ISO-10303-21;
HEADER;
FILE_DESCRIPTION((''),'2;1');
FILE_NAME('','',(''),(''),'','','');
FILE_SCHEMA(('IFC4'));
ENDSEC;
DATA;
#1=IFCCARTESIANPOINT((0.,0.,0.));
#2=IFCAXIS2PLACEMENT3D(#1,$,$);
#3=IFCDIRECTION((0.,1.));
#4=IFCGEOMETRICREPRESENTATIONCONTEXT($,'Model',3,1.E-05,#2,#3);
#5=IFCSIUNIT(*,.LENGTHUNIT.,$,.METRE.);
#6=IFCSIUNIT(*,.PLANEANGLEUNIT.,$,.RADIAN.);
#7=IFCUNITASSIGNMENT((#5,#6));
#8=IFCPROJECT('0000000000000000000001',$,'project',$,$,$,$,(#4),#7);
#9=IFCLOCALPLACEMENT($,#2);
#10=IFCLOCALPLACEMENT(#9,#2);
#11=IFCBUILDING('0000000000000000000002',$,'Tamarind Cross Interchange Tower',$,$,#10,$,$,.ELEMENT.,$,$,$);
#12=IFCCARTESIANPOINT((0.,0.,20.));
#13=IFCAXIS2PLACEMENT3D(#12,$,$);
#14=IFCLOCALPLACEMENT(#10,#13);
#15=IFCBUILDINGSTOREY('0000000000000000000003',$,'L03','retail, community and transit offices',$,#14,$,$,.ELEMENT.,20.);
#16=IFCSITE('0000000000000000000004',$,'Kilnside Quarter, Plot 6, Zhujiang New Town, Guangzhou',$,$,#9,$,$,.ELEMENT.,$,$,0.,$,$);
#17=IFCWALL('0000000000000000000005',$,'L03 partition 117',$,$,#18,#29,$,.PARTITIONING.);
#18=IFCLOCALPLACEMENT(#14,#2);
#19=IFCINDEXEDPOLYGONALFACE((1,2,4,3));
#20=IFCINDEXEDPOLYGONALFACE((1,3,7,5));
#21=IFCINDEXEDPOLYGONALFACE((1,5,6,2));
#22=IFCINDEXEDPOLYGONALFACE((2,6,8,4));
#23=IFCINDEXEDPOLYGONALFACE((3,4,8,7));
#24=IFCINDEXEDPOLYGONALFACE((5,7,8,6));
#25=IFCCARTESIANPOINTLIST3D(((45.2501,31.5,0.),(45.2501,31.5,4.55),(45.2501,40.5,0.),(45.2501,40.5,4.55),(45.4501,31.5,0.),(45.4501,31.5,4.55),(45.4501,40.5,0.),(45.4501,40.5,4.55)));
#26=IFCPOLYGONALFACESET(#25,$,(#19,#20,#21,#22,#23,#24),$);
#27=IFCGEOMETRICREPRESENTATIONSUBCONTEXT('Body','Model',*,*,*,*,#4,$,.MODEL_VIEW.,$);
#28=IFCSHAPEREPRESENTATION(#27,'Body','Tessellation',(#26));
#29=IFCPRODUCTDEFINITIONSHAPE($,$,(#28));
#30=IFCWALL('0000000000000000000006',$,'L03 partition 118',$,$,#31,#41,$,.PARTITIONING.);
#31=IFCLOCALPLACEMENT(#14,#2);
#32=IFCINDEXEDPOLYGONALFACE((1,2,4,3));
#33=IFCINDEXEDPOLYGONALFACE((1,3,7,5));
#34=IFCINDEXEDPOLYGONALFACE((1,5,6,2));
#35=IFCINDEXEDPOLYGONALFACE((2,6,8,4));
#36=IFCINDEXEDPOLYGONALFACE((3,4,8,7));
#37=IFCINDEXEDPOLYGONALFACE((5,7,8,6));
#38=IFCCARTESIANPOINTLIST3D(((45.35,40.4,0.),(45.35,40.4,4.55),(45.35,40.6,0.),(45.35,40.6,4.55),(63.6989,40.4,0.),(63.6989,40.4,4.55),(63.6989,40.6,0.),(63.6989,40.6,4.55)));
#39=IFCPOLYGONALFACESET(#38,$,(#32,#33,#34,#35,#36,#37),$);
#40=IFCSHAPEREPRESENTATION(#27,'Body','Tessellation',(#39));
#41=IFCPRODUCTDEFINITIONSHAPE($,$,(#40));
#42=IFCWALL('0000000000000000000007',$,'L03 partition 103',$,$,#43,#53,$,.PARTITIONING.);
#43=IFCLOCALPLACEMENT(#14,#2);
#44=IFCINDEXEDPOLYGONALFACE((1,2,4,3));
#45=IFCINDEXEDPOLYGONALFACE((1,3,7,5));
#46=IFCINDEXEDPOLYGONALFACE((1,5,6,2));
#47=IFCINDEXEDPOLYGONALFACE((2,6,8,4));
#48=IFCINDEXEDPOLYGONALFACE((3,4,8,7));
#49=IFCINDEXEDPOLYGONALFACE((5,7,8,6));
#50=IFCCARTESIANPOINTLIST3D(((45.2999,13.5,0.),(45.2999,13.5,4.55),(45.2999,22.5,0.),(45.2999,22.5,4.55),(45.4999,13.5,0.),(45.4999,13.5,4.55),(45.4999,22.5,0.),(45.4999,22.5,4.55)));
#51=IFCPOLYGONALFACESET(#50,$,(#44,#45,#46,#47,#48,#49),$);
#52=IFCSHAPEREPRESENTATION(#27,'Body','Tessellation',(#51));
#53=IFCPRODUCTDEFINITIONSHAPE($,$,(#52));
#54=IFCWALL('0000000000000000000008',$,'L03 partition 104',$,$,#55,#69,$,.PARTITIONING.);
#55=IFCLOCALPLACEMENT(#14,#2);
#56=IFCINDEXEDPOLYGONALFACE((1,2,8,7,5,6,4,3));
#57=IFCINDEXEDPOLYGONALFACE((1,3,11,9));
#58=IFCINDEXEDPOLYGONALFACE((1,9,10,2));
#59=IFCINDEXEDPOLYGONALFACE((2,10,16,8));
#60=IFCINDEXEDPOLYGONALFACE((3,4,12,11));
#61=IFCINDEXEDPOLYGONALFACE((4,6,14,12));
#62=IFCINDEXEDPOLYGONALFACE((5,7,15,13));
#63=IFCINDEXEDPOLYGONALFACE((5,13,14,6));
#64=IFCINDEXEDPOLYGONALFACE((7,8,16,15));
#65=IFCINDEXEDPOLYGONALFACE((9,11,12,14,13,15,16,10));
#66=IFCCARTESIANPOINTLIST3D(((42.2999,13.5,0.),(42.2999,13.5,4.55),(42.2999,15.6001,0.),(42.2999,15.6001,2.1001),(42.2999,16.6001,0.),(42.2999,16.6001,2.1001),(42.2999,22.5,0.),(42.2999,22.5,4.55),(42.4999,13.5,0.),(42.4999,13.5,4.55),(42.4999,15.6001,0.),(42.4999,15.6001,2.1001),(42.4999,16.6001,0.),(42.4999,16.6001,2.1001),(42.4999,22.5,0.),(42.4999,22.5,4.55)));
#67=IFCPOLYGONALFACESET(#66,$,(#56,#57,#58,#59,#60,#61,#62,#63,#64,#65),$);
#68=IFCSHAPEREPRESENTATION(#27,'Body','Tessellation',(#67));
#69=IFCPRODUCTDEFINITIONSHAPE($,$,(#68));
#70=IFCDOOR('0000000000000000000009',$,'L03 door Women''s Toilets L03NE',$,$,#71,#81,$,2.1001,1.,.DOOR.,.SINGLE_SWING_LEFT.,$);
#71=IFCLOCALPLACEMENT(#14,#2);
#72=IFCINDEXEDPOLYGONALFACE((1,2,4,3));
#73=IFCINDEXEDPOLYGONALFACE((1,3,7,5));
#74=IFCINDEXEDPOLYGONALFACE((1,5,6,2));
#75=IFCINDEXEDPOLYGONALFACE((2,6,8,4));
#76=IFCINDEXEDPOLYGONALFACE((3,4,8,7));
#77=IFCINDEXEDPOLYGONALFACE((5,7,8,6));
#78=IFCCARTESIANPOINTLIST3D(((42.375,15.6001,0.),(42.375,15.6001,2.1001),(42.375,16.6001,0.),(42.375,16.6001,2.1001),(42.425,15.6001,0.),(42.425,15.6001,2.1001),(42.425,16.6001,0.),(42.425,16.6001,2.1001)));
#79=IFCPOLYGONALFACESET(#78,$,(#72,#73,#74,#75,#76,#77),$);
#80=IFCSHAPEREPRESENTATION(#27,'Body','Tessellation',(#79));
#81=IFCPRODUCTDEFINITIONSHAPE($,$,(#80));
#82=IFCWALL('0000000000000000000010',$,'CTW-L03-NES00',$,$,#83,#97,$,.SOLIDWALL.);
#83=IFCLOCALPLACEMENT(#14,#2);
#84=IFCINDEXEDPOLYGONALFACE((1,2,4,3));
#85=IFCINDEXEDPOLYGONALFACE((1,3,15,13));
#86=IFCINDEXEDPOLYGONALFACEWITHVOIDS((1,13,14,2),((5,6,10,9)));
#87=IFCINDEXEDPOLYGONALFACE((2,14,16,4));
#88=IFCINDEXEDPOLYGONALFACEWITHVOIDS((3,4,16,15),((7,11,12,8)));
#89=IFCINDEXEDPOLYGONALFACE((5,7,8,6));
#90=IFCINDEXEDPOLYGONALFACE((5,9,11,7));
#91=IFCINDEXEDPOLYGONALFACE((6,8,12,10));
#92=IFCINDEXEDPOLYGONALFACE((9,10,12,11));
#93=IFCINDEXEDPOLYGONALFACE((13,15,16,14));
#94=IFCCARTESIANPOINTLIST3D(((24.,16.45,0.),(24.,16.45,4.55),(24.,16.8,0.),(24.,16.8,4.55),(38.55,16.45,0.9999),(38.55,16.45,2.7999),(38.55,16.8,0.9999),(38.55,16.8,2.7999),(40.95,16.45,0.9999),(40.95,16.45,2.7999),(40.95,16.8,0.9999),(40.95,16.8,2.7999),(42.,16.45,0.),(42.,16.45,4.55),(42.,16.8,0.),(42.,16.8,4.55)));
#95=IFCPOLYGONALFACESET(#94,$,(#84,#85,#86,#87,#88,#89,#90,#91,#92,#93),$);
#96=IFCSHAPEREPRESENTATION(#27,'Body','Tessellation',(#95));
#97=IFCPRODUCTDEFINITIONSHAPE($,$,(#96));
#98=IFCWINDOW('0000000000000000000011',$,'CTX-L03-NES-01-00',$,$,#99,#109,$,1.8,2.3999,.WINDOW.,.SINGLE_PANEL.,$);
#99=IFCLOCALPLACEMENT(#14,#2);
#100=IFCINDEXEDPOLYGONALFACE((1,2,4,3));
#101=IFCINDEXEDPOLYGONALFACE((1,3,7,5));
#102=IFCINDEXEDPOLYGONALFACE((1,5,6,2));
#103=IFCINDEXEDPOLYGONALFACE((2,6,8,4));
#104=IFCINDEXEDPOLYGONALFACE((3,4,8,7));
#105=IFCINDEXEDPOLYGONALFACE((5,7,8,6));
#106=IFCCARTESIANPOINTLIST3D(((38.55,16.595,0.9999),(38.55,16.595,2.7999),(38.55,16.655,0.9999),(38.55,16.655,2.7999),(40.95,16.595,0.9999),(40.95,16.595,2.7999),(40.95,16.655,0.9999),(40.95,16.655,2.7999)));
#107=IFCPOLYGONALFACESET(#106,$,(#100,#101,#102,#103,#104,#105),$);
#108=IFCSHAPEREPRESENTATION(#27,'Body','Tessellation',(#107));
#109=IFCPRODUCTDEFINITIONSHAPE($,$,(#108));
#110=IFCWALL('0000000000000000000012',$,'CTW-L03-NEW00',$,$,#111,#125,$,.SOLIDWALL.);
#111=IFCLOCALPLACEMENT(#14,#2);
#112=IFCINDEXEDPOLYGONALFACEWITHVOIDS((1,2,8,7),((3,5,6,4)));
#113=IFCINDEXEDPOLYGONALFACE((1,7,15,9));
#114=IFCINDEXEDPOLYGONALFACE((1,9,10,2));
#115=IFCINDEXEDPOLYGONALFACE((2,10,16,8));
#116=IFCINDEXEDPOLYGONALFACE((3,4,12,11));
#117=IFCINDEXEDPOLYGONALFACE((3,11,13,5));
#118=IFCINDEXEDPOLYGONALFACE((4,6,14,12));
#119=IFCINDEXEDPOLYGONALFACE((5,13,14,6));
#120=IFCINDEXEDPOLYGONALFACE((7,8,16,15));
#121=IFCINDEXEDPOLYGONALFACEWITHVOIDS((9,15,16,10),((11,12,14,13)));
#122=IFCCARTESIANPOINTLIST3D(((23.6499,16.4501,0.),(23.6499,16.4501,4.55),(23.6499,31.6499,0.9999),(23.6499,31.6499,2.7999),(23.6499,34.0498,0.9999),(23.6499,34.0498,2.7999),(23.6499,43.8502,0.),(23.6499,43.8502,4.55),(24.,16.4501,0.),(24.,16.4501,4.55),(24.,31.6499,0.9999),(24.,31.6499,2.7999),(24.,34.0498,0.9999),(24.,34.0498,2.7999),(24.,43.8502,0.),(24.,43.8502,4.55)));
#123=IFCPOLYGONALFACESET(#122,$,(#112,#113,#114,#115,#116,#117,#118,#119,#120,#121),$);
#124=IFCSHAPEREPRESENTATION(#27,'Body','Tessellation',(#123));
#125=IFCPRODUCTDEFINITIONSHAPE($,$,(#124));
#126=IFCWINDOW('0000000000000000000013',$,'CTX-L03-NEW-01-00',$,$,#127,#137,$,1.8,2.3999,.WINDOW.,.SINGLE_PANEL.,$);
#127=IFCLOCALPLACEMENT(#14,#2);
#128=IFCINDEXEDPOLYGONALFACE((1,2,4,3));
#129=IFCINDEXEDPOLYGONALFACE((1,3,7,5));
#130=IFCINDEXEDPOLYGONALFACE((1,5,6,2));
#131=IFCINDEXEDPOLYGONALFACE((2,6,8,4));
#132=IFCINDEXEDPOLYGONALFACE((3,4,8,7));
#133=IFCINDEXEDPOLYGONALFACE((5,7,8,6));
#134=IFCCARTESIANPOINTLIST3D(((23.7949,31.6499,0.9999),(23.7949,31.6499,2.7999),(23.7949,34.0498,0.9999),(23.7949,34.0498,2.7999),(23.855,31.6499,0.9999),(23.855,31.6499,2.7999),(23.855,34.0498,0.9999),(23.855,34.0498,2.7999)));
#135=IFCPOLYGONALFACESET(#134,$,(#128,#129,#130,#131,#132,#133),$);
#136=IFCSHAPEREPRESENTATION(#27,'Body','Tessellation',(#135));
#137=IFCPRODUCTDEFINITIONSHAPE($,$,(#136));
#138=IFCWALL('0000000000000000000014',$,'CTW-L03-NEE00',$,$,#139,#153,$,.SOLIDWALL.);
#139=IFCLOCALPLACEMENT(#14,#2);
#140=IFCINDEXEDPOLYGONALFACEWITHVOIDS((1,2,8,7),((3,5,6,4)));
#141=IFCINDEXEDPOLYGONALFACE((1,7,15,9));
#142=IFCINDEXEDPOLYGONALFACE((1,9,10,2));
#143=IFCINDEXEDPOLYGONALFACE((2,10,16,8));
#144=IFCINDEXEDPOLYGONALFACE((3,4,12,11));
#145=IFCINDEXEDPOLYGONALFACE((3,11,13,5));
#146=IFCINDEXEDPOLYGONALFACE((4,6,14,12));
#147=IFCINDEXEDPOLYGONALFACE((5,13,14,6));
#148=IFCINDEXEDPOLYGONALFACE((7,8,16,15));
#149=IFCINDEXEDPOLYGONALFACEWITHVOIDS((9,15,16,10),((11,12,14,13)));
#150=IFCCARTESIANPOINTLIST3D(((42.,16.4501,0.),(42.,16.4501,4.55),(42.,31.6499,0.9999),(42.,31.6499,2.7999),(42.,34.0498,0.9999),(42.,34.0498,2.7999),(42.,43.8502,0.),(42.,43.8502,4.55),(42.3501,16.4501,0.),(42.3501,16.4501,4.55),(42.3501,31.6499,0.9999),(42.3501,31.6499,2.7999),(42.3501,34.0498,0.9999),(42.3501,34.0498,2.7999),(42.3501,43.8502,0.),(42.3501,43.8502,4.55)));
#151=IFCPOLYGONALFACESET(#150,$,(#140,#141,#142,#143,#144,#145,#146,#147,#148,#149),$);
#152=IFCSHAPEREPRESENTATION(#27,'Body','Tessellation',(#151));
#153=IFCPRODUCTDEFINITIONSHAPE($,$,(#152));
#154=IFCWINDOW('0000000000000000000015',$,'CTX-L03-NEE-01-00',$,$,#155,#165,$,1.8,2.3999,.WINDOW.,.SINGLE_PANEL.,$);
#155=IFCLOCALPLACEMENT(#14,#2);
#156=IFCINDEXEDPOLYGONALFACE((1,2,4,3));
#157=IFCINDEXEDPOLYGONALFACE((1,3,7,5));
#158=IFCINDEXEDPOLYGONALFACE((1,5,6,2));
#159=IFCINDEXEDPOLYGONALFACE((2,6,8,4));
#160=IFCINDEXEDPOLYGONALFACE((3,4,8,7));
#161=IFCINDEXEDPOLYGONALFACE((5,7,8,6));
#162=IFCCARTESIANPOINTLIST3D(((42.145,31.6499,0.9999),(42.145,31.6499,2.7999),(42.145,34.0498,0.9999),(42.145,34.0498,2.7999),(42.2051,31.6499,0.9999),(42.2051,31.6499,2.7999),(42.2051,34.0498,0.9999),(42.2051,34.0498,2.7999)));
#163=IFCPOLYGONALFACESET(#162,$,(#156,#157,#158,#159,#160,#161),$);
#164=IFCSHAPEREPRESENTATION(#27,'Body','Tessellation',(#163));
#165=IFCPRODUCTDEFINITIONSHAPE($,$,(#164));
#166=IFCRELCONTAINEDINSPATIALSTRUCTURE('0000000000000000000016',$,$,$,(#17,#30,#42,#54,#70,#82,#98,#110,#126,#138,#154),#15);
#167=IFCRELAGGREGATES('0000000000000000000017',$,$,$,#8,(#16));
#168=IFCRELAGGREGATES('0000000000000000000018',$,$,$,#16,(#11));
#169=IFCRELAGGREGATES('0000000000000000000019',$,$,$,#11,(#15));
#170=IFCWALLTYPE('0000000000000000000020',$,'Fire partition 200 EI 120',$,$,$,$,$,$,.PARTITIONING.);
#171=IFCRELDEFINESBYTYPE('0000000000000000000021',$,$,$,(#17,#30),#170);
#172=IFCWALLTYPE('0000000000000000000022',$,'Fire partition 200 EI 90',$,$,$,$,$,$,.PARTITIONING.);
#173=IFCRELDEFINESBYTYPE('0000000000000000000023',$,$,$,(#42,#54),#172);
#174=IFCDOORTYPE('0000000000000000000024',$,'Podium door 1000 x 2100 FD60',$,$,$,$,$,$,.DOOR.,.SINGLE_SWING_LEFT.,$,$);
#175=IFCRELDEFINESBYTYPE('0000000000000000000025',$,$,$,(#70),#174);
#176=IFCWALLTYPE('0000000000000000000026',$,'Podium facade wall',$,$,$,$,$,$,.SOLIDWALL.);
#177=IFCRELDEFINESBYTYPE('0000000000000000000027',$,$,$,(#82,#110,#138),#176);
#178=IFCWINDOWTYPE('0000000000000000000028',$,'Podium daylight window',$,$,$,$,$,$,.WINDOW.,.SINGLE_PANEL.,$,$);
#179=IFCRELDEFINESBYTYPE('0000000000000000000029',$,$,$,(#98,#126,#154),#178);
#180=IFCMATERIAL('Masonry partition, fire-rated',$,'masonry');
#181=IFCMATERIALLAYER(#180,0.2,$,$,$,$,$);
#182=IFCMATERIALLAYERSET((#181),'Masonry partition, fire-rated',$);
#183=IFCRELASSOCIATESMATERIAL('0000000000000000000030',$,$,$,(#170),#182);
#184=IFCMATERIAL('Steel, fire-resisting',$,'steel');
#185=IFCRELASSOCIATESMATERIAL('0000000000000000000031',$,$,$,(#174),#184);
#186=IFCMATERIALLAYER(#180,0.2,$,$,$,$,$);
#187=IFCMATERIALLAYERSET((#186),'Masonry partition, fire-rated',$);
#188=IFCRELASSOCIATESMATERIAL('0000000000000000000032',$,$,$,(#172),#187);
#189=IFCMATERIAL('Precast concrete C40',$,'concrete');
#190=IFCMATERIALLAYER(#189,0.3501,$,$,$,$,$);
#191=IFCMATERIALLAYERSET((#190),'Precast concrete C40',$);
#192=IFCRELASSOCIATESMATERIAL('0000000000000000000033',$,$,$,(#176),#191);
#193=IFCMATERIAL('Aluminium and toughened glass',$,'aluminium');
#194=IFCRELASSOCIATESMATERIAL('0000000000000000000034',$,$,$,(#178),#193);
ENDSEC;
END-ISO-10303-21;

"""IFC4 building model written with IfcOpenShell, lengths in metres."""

from ifc_helpers import new_model, si_unit, direction, frame, frame_2d, origin, place, context, subcontext, project, spatial, rectangle, extrude, material, layer, layer_set, type_object, element, fill, save


model = new_model("IFC4")

# Units and contexts
model_context = context("Model", 3, precision=1e-05, world=origin(), true_north=direction((0.0, 1.0)))
body_context = subcontext(model_context, "Body", "Model", "MODEL_VIEW")
ifc_project = project(units=[si_unit("LENGTHUNIT", "METRE"), si_unit("PLANEANGLEUNIT", "RADIAN")], contexts=[model_context])

# Site, building, storey
site_placement = place(None, origin())
site = spatial("IfcSite", under=ifc_project, at=site_placement, Name="Kilnside Quarter, Plot 6, Zhujiang New Town, Guangzhou", CompositionType="ELEMENT", RefElevation=0.0)
building_placement = place(site_placement, origin())
building = spatial("IfcBuilding", under=site, at=building_placement, Name="Tamarind Cross Interchange Tower", CompositionType="ELEMENT")
storey_placement = place(building_placement, frame((0.0, 0.0, 20.0)))
storey = spatial("IfcBuildingStorey", under=building, at=storey_placement, Name="L03", Description="retail, community and transit offices", CompositionType="ELEMENT", Elevation=20.0)

# Shared definitions
ifc_material_1 = material(Name="Masonry partition, fire-rated", Category="masonry")
ifc_layer_1 = layer(ifc_material_1, 0.2)
ifc_layer_set_1 = layer_set([ifc_layer_1], Name="Masonry partition, fire-rated")
wall_type_1 = type_object("IfcWallType", Name="Fire partition 200 EI 120", PredefinedType="PARTITIONING", material=ifc_layer_set_1)

# Shared definitions
ifc_material_2 = material(Name="Steel, fire-resisting", Category="steel")
door_type_1 = type_object("IfcDoorType", Name="Podium door 1000 x 2100 FD60", OperationType="SINGLE_SWING_LEFT", PredefinedType="DOOR", material=ifc_material_2)

# Walls
wall_1_placement = place(storey_placement, frame((45.3501, 31.5, 0.0), z_axis=(0.0, 0.0, 1.0), x_axis=(0.0, 1.0, 0.0)))
element("IfcWall", 1, at=wall_1_placement, inside=storey, type_object=wall_type_1, Name="L03 partition 117", PredefinedType="PARTITIONING", context=body_context, shape_type="SweptSolid", body=[
    extrude(rectangle(XDim=9.0, YDim=0.2, at=frame_2d((4.5, 0.0))), origin(), (0.0, 0.0, 1.0), 4.55),
])
wall_2_placement = place(storey_placement, frame((45.3501, 40.5, 0.0), z_axis=(0.0, 0.0, 1.0), x_axis=(1.0, 0.0, 0.0)))
element("IfcWall", 2, at=wall_2_placement, inside=storey, type_object=wall_type_1, Name="L03 partition 118", PredefinedType="PARTITIONING", context=body_context, shape_type="SweptSolid", body=[
    extrude(rectangle(XDim=18.3489, YDim=0.2, at=frame_2d((9.1743, 0.0))), origin(), (0.0, 0.0, 1.0), 4.55),
])
ifc_layer_2 = layer(ifc_material_1, 0.2)
ifc_layer_set_2 = layer_set([ifc_layer_2], Name="Masonry partition, fire-rated")
wall_type_2 = type_object("IfcWallType", Name="Fire partition 200 EI 90", PredefinedType="PARTITIONING", material=ifc_layer_set_2)
wall_3_placement = place(storey_placement, frame((45.3999, 13.5, 0.0), z_axis=(0.0, 0.0, 1.0), x_axis=(0.0, 1.0, 0.0)))
element("IfcWall", 3, at=wall_3_placement, inside=storey, type_object=wall_type_2, Name="L03 partition 103", PredefinedType="PARTITIONING", context=body_context, shape_type="SweptSolid", body=[
    extrude(rectangle(XDim=9.0, YDim=0.2, at=frame_2d((4.5, 0.0))), origin(), (0.0, 0.0, 1.0), 4.55),
])

# Wall, opening, door
wall_4_placement = place(storey_placement, frame((42.3999, 13.5, 0.0), z_axis=(0.0, 0.0, 1.0), x_axis=(0.0, 1.0, 0.0)))
wall_4 = element("IfcWall", 4, at=wall_4_placement, inside=storey, type_object=wall_type_2, Name="L03 partition 104", PredefinedType="PARTITIONING", context=body_context, shape_type="SweptSolid", body=[
    extrude(rectangle(XDim=9.0, YDim=0.2, at=frame_2d((4.5, 0.0))), origin(), (0.0, 0.0, 1.0), 4.55),
])
opening_1_placement = place(wall_4_placement, frame((2.1001, 0.0, 0.0)))
opening_1 = element("IfcOpeningElement", 5, at=opening_1_placement, cuts=wall_4, PredefinedType="OPENING", context=body_context, shape_type="SweptSolid", body=[
    extrude(rectangle(XDim=1.0, YDim=2.1001, at=frame_2d((0.5, 1.05))), frame((0.0, 0.1099, 0.0), z_axis=(0.0, -1.0, 0.0), x_axis=(1.0, 0.0, 0.0)), (0.0, 0.0, 1.0), 0.22),
])
door_1_placement = place(opening_1_placement, origin())
door_1 = element("IfcDoor", 6, at=door_1_placement, inside=storey, type_object=door_type_1, Name="L03 door Women's Toilets L03NE", OperationType="SINGLE_SWING_LEFT", OverallHeight=2.1001, OverallWidth=1.0, PredefinedType="DOOR", context=body_context, shape_type="SweptSolid", body=[
    extrude(rectangle(XDim=1.0, YDim=2.1001, at=frame_2d((0.5, 1.05))), frame((0.0, 0.0249, 0.0), z_axis=(0.0, -1.0, 0.0), x_axis=(1.0, 0.0, 0.0)), (0.0, 0.0, 1.0), 0.05),
])
fill(opening_1, door_1)

# Walls, openings, windows
ifc_material_3 = material(Name="Precast concrete C40", Category="concrete")
ifc_layer_3 = layer(ifc_material_3, 0.3501)
ifc_layer_set_3 = layer_set([ifc_layer_3], Name="Precast concrete C40")
wall_type_3 = type_object("IfcWallType", Name="Podium facade wall", PredefinedType="SOLIDWALL", material=ifc_layer_set_3)
wall_5_placement = place(storey_placement, frame((24.0, 16.625, 0.0), z_axis=(0.0, 0.0, 1.0), x_axis=(1.0, 0.0, 0.0)))
wall_5 = element("IfcWall", 7, at=wall_5_placement, inside=storey, type_object=wall_type_3, Name="CTW-L03-NES00", PredefinedType="SOLIDWALL", context=body_context, shape_type="SweptSolid", body=[
    extrude(rectangle(XDim=18.0, YDim=0.3501, at=frame_2d((9.0, 0.0))), origin(), (0.0, 0.0, 1.0), 4.55),
])
opening_2_placement = place(wall_5_placement, frame((14.55, 0.0, 1.0)))
opening_2 = element("IfcOpeningElement", 8, at=opening_2_placement, cuts=wall_5, PredefinedType="OPENING", context=body_context, shape_type="SweptSolid", body=[
    extrude(rectangle(XDim=2.3999, YDim=1.8, at=frame_2d((1.2, 0.8999))), frame((0.0, 0.1851, 0.0), z_axis=(0.0, -1.0, 0.0), x_axis=(1.0, 0.0, 0.0)), (0.0, 0.0, 1.0), 0.3701),
])
ifc_material_4 = material(Name="Aluminium and toughened glass", Category="aluminium")
window_type = type_object("IfcWindowType", Name="Podium daylight window", PartitioningType="SINGLE_PANEL", PredefinedType="WINDOW", material=ifc_material_4)
window_1_placement = place(opening_2_placement, origin())
window_1 = element("IfcWindow", 9, at=window_1_placement, inside=storey, type_object=window_type, Name="CTX-L03-NES-01-00", OverallHeight=1.8, OverallWidth=2.3999, PartitioningType="SINGLE_PANEL", PredefinedType="WINDOW", context=body_context, shape_type="SweptSolid", body=[
    extrude(rectangle(XDim=2.3999, YDim=1.8, at=frame_2d((1.2, 0.8999))), frame((0.0, 0.03, 0.0), z_axis=(0.0, -1.0, 0.0), x_axis=(1.0, 0.0, 0.0)), (0.0, 0.0, 1.0), 0.0601),
])
fill(opening_2, window_1)
wall_6_placement = place(storey_placement, frame((23.825, 16.45, 0.0), z_axis=(0.0, 0.0, 1.0), x_axis=(0.0, 1.0, 0.0)))
wall_6 = element("IfcWall", 10, at=wall_6_placement, inside=storey, type_object=wall_type_3, Name="CTW-L03-NEW00", PredefinedType="SOLIDWALL", context=body_context, shape_type="SweptSolid", body=[
    extrude(rectangle(XDim=27.4001, YDim=0.3501, at=frame_2d((13.7002, 0.0))), origin(), (0.0, 0.0, 1.0), 4.55),
])
opening_3_placement = place(wall_6_placement, frame((15.2, 0.0, 1.0)))
opening_3 = element("IfcOpeningElement", 11, at=opening_3_placement, cuts=wall_6, PredefinedType="OPENING", context=body_context, shape_type="SweptSolid", body=[
    extrude(rectangle(XDim=2.3999, YDim=1.8, at=frame_2d((1.2, 0.8999))), frame((0.0, 0.1851, 0.0), z_axis=(0.0, -1.0, 0.0), x_axis=(1.0, 0.0, 0.0)), (0.0, 0.0, 1.0), 0.3701),
])
window_2_placement = place(opening_3_placement, origin())
window_2 = element("IfcWindow", 12, at=window_2_placement, inside=storey, type_object=window_type, Name="CTX-L03-NEW-01-00", OverallHeight=1.8, OverallWidth=2.3999, PartitioningType="SINGLE_PANEL", PredefinedType="WINDOW", context=body_context, shape_type="SweptSolid", body=[
    extrude(rectangle(XDim=2.3999, YDim=1.8, at=frame_2d((1.2, 0.8999))), frame((0.0, 0.03, 0.0), z_axis=(0.0, -1.0, 0.0), x_axis=(1.0, 0.0, 0.0)), (0.0, 0.0, 1.0), 0.0601),
])
fill(opening_3, window_2)
wall_7_placement = place(storey_placement, frame((42.175, 16.45, 0.0), z_axis=(0.0, 0.0, 1.0), x_axis=(0.0, 1.0, 0.0)))
wall_7 = element("IfcWall", 13, at=wall_7_placement, inside=storey, type_object=wall_type_3, Name="CTW-L03-NEE00", PredefinedType="SOLIDWALL", context=body_context, shape_type="SweptSolid", body=[
    extrude(rectangle(XDim=27.4001, YDim=0.3501, at=frame_2d((13.7002, 0.0))), origin(), (0.0, 0.0, 1.0), 4.55),
])
opening_4_placement = place(wall_7_placement, frame((15.2, 0.0, 1.0)))
opening_4 = element("IfcOpeningElement", 14, at=opening_4_placement, cuts=wall_7, PredefinedType="OPENING", context=body_context, shape_type="SweptSolid", body=[
    extrude(rectangle(XDim=2.3999, YDim=1.8, at=frame_2d((1.2, 0.8999))), frame((0.0, 0.1851, 0.0), z_axis=(0.0, -1.0, 0.0), x_axis=(1.0, 0.0, 0.0)), (0.0, 0.0, 1.0), 0.3701),
])
window_3_placement = place(opening_4_placement, origin())
window_3 = element("IfcWindow", 15, at=window_3_placement, inside=storey, type_object=window_type, Name="CTX-L03-NEE-01-00", OverallHeight=1.8, OverallWidth=2.3999, PartitioningType="SINGLE_PANEL", PredefinedType="WINDOW", context=body_context, shape_type="SweptSolid", body=[
    extrude(rectangle(XDim=2.3999, YDim=1.8, at=frame_2d((1.2, 0.8999))), frame((0.0, 0.03, 0.0), z_axis=(0.0, -1.0, 0.0), x_axis=(1.0, 0.0, 0.0)), (0.0, 0.0, 1.0), 0.0601),
])
fill(opening_4, window_3)

save(model, "model.ifc")
